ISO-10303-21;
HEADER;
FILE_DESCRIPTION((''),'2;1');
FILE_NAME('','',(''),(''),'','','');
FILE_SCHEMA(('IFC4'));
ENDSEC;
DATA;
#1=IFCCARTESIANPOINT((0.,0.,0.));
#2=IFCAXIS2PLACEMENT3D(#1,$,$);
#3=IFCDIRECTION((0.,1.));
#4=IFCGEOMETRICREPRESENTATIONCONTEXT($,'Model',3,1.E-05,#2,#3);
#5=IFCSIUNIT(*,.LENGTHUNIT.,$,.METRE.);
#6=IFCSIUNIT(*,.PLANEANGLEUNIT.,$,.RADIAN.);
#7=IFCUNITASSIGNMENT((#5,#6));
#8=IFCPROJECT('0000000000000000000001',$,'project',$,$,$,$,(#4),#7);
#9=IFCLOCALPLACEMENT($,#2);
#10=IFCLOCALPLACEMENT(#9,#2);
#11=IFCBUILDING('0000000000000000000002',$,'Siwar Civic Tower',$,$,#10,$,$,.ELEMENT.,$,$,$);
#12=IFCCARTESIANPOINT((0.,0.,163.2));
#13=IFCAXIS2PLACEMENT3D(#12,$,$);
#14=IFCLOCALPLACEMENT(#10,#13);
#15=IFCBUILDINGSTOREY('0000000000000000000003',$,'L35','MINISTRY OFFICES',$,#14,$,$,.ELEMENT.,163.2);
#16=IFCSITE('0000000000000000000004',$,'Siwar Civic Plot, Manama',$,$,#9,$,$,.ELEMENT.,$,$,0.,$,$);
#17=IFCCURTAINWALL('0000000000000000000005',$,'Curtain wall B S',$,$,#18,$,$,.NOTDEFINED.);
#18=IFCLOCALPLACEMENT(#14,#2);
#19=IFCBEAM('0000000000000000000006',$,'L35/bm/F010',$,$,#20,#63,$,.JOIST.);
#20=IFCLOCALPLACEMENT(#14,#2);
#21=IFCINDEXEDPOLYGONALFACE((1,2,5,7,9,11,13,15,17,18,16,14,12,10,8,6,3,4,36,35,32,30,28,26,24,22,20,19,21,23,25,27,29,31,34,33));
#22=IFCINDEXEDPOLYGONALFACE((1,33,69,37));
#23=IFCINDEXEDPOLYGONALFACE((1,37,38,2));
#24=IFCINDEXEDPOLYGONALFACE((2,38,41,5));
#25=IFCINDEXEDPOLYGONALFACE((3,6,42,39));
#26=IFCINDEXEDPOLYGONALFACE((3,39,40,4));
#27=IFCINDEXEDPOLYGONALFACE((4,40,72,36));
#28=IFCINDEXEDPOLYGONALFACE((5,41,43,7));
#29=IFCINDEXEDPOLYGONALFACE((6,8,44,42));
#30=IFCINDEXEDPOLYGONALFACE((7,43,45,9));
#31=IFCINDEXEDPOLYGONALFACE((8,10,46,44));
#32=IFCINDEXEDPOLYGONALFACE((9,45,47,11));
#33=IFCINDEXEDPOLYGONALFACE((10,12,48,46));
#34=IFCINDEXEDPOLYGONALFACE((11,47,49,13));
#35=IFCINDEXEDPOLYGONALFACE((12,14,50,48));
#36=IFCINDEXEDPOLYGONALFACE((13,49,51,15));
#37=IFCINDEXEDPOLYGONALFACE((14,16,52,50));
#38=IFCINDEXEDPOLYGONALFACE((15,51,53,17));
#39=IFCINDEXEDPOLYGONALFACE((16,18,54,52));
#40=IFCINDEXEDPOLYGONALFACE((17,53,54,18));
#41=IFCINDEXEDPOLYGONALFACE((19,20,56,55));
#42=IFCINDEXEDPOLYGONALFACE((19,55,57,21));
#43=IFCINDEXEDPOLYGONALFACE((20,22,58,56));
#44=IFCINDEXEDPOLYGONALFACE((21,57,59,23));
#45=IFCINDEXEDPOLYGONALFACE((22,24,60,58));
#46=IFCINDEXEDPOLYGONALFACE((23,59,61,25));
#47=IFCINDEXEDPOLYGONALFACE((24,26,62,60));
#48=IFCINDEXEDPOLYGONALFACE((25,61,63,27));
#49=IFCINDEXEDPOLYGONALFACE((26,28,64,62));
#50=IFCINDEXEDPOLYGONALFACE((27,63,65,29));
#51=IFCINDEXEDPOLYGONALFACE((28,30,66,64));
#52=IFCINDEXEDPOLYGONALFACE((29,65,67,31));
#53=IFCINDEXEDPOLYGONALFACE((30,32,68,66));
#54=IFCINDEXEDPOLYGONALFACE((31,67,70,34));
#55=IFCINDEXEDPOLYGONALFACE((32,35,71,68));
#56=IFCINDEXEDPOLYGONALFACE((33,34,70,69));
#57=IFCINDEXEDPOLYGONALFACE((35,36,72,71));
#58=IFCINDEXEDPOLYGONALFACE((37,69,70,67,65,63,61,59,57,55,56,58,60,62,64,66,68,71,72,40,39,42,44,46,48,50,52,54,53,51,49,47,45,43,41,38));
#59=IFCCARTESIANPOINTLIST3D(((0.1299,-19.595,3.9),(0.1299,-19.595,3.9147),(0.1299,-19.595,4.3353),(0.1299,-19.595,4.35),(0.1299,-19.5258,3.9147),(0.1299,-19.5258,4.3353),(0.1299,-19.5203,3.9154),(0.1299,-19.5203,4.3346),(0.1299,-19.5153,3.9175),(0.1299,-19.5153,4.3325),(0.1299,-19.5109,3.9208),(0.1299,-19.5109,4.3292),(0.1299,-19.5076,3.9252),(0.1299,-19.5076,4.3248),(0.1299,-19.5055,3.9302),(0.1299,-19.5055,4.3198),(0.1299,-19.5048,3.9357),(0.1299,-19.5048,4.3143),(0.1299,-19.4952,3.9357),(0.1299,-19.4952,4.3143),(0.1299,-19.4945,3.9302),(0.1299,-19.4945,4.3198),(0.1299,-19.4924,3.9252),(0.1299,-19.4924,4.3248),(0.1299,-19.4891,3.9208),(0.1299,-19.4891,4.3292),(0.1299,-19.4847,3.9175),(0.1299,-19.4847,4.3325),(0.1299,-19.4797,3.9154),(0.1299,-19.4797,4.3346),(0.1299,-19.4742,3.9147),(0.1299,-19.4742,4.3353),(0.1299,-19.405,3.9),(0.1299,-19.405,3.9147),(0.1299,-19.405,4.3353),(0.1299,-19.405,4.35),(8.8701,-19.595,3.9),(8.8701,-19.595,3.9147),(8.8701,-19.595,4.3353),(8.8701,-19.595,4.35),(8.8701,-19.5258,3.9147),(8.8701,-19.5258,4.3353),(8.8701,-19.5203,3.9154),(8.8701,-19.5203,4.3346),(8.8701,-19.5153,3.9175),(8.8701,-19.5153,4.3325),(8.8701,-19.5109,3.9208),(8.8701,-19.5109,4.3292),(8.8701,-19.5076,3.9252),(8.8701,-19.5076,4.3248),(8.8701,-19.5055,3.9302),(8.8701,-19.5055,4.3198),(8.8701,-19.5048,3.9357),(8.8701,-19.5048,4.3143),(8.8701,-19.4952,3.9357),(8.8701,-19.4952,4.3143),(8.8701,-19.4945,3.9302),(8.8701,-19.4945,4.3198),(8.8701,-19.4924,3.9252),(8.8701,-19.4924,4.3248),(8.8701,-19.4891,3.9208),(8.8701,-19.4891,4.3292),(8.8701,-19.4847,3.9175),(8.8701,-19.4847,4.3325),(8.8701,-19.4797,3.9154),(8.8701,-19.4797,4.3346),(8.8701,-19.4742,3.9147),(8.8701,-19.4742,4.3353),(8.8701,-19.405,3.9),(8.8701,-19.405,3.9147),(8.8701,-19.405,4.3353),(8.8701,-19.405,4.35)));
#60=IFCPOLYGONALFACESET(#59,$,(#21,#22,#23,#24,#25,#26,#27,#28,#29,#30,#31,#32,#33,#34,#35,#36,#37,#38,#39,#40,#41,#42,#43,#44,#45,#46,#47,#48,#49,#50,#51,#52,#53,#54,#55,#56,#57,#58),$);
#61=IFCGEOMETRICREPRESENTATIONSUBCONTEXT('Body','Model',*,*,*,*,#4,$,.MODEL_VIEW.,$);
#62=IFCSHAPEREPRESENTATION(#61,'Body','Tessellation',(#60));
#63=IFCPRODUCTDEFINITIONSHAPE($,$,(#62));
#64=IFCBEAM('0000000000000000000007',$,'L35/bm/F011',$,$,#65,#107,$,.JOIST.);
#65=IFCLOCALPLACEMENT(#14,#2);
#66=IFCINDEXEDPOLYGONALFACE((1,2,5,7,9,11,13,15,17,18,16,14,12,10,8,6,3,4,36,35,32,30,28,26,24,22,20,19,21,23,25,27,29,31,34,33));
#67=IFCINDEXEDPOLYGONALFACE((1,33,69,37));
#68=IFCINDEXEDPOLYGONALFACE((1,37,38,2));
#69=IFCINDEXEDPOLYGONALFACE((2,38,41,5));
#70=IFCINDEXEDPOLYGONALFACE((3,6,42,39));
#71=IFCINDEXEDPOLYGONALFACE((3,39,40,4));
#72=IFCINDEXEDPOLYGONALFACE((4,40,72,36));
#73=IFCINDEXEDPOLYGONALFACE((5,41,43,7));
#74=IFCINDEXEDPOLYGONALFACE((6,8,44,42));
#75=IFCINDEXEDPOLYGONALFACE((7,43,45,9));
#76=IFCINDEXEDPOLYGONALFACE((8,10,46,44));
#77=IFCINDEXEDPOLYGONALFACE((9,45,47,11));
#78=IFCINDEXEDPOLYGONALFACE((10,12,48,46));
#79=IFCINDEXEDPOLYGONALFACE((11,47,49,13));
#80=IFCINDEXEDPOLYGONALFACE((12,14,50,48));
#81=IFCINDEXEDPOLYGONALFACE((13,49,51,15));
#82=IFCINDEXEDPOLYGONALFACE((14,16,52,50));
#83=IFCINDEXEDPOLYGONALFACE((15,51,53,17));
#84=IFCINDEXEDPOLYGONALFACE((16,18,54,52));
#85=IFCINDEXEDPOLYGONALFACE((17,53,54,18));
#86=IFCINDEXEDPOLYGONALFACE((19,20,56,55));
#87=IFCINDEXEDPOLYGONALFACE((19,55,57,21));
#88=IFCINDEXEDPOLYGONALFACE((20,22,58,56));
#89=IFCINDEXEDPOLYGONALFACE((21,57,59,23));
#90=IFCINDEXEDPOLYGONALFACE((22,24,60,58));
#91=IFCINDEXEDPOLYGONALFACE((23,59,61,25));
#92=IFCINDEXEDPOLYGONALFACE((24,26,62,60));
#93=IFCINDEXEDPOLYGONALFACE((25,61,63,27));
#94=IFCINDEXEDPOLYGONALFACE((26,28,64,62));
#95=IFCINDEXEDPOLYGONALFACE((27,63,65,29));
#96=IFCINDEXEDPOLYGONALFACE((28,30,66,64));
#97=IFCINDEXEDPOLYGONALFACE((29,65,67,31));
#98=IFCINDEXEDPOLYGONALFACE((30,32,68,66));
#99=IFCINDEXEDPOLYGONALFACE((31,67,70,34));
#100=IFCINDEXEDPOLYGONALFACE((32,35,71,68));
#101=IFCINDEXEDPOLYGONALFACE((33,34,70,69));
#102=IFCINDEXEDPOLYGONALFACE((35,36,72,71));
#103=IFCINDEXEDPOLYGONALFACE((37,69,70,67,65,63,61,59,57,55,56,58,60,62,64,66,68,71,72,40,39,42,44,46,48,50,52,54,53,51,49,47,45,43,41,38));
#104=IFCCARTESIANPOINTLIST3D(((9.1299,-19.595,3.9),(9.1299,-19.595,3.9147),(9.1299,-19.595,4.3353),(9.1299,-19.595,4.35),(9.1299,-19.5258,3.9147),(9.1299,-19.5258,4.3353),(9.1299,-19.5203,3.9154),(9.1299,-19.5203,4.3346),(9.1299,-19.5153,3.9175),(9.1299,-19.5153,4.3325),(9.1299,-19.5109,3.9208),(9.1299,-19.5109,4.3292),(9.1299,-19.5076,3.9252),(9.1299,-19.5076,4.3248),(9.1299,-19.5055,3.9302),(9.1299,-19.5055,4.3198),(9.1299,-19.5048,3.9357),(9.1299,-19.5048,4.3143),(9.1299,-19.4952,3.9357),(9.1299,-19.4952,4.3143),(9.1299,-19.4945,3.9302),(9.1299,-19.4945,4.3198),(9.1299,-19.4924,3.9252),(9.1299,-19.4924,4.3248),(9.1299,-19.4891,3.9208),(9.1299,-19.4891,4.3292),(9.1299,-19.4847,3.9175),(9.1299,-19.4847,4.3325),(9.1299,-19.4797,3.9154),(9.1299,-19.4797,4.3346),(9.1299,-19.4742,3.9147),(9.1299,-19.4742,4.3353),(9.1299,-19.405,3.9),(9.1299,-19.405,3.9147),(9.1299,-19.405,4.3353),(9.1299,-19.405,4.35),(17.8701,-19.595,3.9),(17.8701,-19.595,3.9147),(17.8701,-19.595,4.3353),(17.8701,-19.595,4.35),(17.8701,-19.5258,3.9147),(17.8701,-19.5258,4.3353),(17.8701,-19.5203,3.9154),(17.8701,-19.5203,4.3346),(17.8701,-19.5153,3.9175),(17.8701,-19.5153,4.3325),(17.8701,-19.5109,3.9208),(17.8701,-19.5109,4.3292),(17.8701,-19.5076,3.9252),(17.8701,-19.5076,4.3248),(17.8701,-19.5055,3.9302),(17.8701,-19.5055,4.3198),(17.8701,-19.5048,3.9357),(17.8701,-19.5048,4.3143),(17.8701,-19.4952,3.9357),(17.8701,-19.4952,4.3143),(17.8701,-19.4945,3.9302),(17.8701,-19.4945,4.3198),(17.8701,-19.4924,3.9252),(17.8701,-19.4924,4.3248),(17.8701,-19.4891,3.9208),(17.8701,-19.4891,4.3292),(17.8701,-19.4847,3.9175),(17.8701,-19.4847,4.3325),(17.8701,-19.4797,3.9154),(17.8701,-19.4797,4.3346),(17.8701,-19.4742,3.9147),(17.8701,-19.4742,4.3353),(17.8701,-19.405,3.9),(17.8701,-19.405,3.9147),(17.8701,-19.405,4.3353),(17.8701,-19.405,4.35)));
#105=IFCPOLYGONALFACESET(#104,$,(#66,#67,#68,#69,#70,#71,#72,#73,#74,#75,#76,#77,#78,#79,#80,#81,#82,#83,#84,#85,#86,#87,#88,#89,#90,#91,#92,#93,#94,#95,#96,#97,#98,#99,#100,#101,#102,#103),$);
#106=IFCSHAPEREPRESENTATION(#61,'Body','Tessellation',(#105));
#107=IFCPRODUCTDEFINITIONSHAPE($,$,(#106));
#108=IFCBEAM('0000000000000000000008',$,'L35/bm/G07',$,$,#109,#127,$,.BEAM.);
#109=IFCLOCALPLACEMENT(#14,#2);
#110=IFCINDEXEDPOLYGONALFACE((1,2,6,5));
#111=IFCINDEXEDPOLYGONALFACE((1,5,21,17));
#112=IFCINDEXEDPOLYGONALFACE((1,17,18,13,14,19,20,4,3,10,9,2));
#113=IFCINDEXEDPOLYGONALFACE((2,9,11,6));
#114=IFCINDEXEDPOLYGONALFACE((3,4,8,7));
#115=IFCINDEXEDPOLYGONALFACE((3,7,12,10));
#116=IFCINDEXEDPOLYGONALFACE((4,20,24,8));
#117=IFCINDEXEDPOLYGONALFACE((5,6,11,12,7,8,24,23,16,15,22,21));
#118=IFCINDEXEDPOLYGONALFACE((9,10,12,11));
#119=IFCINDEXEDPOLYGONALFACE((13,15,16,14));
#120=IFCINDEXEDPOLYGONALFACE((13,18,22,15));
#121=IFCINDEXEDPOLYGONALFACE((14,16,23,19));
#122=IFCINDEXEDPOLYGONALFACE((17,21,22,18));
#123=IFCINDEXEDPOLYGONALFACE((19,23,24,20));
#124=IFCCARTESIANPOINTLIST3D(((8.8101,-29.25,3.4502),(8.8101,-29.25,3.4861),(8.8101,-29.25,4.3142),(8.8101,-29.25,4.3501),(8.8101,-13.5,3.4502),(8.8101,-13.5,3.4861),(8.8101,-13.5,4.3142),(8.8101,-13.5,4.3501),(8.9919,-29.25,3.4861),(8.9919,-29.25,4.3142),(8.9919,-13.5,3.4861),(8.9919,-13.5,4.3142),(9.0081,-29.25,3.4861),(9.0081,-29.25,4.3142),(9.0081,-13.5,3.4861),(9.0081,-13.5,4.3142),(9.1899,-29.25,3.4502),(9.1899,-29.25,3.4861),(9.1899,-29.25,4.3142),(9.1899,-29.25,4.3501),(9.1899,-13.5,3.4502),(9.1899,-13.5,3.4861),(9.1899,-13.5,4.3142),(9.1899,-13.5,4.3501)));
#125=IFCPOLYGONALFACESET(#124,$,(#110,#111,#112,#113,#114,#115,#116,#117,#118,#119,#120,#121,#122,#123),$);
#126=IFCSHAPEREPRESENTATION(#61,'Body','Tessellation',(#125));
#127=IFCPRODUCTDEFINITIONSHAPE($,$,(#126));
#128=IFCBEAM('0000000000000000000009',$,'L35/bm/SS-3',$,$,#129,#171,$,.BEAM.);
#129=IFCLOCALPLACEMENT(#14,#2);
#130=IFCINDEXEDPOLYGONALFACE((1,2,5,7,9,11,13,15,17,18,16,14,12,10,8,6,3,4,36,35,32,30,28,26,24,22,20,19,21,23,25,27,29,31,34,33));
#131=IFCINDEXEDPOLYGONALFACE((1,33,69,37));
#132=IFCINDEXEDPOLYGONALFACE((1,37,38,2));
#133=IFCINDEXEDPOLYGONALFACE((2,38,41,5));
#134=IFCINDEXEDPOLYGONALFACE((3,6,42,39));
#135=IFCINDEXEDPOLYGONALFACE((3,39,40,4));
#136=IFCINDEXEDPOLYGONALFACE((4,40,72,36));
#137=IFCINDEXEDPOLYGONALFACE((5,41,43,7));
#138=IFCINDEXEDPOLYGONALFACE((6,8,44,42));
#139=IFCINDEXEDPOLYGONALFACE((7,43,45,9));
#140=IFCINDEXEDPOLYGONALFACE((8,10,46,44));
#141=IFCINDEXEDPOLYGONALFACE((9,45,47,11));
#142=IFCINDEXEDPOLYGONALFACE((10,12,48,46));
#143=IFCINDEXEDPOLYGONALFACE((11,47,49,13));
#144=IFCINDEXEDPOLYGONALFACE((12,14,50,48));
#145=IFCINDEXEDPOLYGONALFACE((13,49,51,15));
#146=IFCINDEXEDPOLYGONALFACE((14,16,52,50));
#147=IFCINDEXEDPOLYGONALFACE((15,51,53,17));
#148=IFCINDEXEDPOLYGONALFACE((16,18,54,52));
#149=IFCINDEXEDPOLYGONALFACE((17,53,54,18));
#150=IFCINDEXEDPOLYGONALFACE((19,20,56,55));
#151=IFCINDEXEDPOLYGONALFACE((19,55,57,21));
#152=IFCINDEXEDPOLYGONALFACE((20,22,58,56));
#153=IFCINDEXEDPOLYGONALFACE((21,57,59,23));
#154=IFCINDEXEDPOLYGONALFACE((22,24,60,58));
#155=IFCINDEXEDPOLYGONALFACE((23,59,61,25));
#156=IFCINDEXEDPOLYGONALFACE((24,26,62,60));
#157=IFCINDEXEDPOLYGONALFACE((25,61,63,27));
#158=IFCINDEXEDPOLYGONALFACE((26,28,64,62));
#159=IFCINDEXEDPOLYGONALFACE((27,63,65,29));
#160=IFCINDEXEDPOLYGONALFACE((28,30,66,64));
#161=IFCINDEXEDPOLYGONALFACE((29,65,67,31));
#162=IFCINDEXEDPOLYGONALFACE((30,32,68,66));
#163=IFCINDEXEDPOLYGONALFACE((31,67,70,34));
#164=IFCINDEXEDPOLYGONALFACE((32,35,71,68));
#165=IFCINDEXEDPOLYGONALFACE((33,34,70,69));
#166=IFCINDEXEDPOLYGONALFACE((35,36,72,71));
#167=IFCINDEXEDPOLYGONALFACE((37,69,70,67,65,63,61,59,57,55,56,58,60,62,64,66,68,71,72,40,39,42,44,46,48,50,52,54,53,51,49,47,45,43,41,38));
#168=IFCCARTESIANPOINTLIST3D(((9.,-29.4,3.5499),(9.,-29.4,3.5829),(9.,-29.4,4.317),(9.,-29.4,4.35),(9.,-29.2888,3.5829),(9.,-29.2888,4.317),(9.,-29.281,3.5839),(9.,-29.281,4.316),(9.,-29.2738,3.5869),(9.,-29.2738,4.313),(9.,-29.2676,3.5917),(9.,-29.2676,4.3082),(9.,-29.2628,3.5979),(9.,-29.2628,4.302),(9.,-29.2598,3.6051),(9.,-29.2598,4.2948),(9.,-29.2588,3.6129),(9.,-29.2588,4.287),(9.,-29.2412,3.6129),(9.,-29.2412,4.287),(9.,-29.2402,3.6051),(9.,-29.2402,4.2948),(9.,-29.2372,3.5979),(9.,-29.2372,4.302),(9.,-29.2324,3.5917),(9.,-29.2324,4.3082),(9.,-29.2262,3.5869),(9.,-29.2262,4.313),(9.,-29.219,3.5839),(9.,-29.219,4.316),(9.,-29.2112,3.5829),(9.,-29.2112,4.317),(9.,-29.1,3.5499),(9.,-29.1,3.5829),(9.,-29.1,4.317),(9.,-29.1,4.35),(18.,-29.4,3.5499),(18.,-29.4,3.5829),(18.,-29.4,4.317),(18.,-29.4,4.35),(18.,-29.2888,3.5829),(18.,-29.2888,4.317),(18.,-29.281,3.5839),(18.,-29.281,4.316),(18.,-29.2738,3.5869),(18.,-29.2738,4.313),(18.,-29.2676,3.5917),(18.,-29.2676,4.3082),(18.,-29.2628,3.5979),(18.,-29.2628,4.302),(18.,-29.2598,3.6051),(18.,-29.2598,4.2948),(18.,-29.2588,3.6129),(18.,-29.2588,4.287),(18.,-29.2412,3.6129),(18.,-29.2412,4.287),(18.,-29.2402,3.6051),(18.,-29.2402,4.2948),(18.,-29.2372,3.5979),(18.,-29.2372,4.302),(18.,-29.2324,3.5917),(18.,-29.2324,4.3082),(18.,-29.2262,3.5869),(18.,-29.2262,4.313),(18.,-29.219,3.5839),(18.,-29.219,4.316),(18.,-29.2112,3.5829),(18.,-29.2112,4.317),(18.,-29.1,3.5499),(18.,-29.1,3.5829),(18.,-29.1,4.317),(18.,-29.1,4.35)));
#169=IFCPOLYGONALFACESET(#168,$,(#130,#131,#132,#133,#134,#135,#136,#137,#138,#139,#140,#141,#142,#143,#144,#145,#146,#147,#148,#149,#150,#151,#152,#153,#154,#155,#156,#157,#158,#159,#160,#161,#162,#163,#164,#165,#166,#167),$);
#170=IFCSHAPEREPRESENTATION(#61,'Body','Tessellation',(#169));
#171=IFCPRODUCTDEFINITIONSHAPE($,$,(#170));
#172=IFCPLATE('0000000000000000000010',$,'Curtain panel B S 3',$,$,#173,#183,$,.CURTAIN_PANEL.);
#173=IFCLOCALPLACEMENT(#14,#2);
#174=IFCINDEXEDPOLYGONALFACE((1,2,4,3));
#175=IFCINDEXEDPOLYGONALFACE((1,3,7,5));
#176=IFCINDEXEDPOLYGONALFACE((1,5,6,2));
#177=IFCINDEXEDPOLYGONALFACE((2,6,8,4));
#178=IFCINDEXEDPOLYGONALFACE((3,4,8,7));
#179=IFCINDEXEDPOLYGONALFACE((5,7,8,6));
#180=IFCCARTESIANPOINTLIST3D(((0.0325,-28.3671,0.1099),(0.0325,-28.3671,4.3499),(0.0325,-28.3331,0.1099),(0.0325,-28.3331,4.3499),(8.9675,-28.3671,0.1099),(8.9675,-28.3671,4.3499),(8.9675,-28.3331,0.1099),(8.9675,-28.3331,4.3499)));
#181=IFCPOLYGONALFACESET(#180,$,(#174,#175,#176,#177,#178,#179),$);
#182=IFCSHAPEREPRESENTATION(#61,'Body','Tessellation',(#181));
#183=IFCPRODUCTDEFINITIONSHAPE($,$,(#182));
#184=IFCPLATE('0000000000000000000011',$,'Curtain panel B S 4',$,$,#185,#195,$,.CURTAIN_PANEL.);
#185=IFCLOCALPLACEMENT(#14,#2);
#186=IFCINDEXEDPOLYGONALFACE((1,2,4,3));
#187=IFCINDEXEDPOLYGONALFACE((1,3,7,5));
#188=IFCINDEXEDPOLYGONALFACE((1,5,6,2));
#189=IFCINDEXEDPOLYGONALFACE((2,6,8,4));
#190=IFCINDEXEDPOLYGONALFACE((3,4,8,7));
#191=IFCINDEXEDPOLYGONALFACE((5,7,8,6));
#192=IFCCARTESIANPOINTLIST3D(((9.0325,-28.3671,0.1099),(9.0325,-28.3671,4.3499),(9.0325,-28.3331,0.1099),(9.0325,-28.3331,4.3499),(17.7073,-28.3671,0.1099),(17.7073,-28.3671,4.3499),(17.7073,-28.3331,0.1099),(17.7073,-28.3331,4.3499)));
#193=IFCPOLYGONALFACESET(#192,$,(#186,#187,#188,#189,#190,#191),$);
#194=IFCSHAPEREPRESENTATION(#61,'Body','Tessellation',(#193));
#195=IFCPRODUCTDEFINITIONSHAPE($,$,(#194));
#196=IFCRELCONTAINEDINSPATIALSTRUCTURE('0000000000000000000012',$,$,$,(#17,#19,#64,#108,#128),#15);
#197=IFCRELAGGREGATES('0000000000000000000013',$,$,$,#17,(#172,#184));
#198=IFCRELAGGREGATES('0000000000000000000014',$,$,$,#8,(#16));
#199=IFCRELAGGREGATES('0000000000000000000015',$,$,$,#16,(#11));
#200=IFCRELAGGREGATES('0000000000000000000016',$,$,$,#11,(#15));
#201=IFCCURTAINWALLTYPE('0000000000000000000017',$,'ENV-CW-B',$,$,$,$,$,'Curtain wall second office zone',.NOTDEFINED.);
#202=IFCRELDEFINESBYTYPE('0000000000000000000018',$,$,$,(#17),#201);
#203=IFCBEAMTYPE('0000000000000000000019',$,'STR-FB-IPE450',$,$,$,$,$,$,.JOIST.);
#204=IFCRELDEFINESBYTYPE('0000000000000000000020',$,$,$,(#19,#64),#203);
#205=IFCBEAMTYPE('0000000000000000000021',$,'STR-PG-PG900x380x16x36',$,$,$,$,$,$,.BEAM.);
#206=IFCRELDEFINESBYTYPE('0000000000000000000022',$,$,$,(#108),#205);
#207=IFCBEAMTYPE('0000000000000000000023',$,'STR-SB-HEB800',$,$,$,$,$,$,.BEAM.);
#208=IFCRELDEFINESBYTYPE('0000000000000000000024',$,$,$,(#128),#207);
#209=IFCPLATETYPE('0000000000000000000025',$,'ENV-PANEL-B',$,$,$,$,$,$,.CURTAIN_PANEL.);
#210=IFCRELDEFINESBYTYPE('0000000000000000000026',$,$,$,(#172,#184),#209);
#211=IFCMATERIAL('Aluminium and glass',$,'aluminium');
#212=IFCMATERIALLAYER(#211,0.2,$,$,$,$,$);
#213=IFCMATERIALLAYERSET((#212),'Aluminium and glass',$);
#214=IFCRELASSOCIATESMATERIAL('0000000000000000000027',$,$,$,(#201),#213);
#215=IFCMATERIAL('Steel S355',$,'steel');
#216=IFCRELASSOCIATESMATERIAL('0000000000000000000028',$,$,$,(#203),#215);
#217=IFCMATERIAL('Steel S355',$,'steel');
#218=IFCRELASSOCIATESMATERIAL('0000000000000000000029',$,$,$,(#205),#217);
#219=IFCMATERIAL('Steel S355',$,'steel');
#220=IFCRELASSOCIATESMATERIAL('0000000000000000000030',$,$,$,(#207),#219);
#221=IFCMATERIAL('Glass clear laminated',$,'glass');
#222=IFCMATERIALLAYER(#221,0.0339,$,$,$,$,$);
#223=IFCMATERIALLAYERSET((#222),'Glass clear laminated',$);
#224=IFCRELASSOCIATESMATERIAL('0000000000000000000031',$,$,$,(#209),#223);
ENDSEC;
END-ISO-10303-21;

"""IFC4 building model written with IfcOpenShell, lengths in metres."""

from ifc_helpers import new_model, si_unit, direction, frame, origin, origin_2d, place, context, subcontext, project, spatial, rectangle, i_section, extrude, material, layer, layer_set, material_profile, profile_set, type_object, element, aggregate, save


model = new_model("IFC4")

# Units and contexts
model_context = context("Model", 3, precision=1e-05, world=origin(), true_north=direction((0.0, 1.0)))
body_context = subcontext(model_context, "Body", "Model", "MODEL_VIEW")
ifc_project = project(units=[si_unit("LENGTHUNIT", "METRE"), si_unit("PLANEANGLEUNIT", "RADIAN")], contexts=[model_context])

# Site, building, storey
site_placement = place(None, origin())
site = spatial("IfcSite", under=ifc_project, at=site_placement, Name="Siwar Civic Plot, Manama", CompositionType="ELEMENT", RefElevation=0.0)
building_placement = place(site_placement, origin())
building = spatial("IfcBuilding", under=site, at=building_placement, Name="Siwar Civic Tower", CompositionType="ELEMENT")
storey_placement = place(building_placement, frame((0.0, 0.0, 163.2)))
storey = spatial("IfcBuildingStorey", under=building, at=storey_placement, Name="L35", Description="MINISTRY OFFICES", CompositionType="ELEMENT", Elevation=163.2)

# Curtain wall
ifc_material_1 = material(Name="Aluminium and glass", Category="aluminium")
ifc_layer_1 = layer(ifc_material_1, 0.2)
ifc_layer_set_1 = layer_set([ifc_layer_1], Name="Aluminium and glass")
curtain_wall_type_1 = type_object("IfcCurtainWallType", Name="ENV-CW-B", ElementType="Curtain wall second office zone", PredefinedType="NOTDEFINED", material=ifc_layer_set_1)
curtain_wall_1_placement = place(storey_placement, origin())
curtain_wall_1 = element("IfcCurtainWall", 1, at=curtain_wall_1_placement, inside=storey, type_object=curtain_wall_type_1, Name="Curtain wall B S", PredefinedType="NOTDEFINED")

# Beams
ifc_material_2 = material(Name="Steel S355", Category="steel")
ifc_material_profile_1 = material_profile(ifc_material_2, i_section(OverallWidth=0.1899, OverallDepth=0.45, WebThickness=0.0095, FlangeThickness=0.0146, FilletRadius=0.021, at=origin_2d()), Name="IPE450")
ifc_profile_set_1 = profile_set([ifc_material_profile_1], Name="Steel S355")
beam_type_1 = type_object("IfcBeamType", Name="STR-FB-IPE450", PredefinedType="JOIST", material=ifc_profile_set_1)
for number, where, z_axis, x_axis, name in (
    (2, (0.1299, -19.5, 4.125), (1.0, 0.0, 0.0), (0.0, 1.0, 0.0), "L35/bm/F010"),
    (3, (9.1299, -19.5, 4.125), (1.0, 0.0, 0.0), (0.0, 1.0, 0.0), "L35/bm/F011"),
):
    element("IfcBeam", number, at=place(storey_placement, frame(where, z_axis=z_axis, x_axis=x_axis)), inside=storey, type_object=beam_type_1, Name=name, PredefinedType="JOIST", context=body_context, shape_type="SweptSolid", body=[
        extrude(i_section(OverallWidth=0.1899, OverallDepth=0.45, WebThickness=0.0095, FlangeThickness=0.0146, FilletRadius=0.021, at=origin_2d()), origin(), (0.0, 0.0, 1.0), 8.7402),
    ])
ifc_material_3 = material(Name="Steel S355", Category="steel")
ifc_material_profile_2 = material_profile(ifc_material_3, i_section(OverallWidth=0.3799, OverallDepth=0.8999, WebThickness=0.0161, FlangeThickness=0.0359, at=origin_2d()), Name="PG900x380x16x36")
ifc_profile_set_2 = profile_set([ifc_material_profile_2], Name="Steel S355")
beam_type_2 = type_object("IfcBeamType", Name="STR-PG-PG900x380x16x36", PredefinedType="BEAM", material=ifc_profile_set_2)
beam_1_placement = place(storey_placement, frame((9.0, -29.25, 3.9001), z_axis=(0.0, 1.0, 0.0), x_axis=(-1.0, 0.0, 0.0)))
element("IfcBeam", 4, at=beam_1_placement, inside=storey, type_object=beam_type_2, Name="L35/bm/G07", PredefinedType="BEAM", context=body_context, shape_type="SweptSolid", body=[
    extrude(i_section(OverallWidth=0.3799, OverallDepth=0.8999, WebThickness=0.0161, FlangeThickness=0.0359, at=origin_2d()), origin(), (0.0, 0.0, 1.0), 15.75),
])
ifc_material_4 = material(Name="Steel S355", Category="steel")
ifc_material_profile_3 = material_profile(ifc_material_4, i_section(OverallWidth=0.3, OverallDepth=0.8, WebThickness=0.0176, FlangeThickness=0.033, FilletRadius=0.03, at=origin_2d()), Name="HEB800")
ifc_profile_set_3 = profile_set([ifc_material_profile_3], Name="Steel S355")
beam_type_3 = type_object("IfcBeamType", Name="STR-SB-HEB800", PredefinedType="BEAM", material=ifc_profile_set_3)
beam_2_placement = place(storey_placement, frame((9.0, -29.25, 3.95), z_axis=(1.0, 0.0, 0.0), x_axis=(0.0, 1.0, 0.0)))
element("IfcBeam", 5, at=beam_2_placement, inside=storey, type_object=beam_type_3, Name="L35/bm/SS-3", PredefinedType="BEAM", context=body_context, shape_type="SweptSolid", body=[
    extrude(i_section(OverallWidth=0.3, OverallDepth=0.8, WebThickness=0.0176, FlangeThickness=0.033, FilletRadius=0.03, at=origin_2d()), origin(), (0.0, 0.0, 1.0), 9.0),
])

# Plates
ifc_material_5 = material(Name="Glass clear laminated", Category="glass")
ifc_layer_2 = layer(ifc_material_5, 0.0339)
ifc_layer_set_2 = layer_set([ifc_layer_2], Name="Glass clear laminated")
plate_type = type_object("IfcPlateType", Name="ENV-PANEL-B", PredefinedType="CURTAIN_PANEL", material=ifc_layer_set_2)
plate_1_placement = place(storey_placement, frame((4.5, -28.3501, 0.1099), z_axis=(0.0, 0.0, 1.0), x_axis=(1.0, 0.0, 0.0)))
plate_1 = element("IfcPlate", 6, at=plate_1_placement, type_object=plate_type, Name="Curtain panel B S 3", PredefinedType="CURTAIN_PANEL", context=body_context, shape_type="SweptSolid", body=[
    extrude(rectangle(XDim=8.9351, YDim=0.0339, at=origin_2d()), origin(), (0.0, 0.0, 1.0), 4.24),
])
plate_2_placement = place(storey_placement, frame((13.3699, -28.3501, 0.1099), z_axis=(0.0, 0.0, 1.0), x_axis=(1.0, 0.0, 0.0)))
plate_2 = element("IfcPlate", 7, at=plate_2_placement, type_object=plate_type, Name="Curtain panel B S 4", PredefinedType="CURTAIN_PANEL", context=body_context, shape_type="SweptSolid", body=[
    extrude(rectangle(XDim=8.6748, YDim=0.0339, at=origin_2d()), origin(), (0.0, 0.0, 1.0), 4.24),
])
aggregate(curtain_wall_1, [plate_1, plate_2])

save(model, "model.ifc")
